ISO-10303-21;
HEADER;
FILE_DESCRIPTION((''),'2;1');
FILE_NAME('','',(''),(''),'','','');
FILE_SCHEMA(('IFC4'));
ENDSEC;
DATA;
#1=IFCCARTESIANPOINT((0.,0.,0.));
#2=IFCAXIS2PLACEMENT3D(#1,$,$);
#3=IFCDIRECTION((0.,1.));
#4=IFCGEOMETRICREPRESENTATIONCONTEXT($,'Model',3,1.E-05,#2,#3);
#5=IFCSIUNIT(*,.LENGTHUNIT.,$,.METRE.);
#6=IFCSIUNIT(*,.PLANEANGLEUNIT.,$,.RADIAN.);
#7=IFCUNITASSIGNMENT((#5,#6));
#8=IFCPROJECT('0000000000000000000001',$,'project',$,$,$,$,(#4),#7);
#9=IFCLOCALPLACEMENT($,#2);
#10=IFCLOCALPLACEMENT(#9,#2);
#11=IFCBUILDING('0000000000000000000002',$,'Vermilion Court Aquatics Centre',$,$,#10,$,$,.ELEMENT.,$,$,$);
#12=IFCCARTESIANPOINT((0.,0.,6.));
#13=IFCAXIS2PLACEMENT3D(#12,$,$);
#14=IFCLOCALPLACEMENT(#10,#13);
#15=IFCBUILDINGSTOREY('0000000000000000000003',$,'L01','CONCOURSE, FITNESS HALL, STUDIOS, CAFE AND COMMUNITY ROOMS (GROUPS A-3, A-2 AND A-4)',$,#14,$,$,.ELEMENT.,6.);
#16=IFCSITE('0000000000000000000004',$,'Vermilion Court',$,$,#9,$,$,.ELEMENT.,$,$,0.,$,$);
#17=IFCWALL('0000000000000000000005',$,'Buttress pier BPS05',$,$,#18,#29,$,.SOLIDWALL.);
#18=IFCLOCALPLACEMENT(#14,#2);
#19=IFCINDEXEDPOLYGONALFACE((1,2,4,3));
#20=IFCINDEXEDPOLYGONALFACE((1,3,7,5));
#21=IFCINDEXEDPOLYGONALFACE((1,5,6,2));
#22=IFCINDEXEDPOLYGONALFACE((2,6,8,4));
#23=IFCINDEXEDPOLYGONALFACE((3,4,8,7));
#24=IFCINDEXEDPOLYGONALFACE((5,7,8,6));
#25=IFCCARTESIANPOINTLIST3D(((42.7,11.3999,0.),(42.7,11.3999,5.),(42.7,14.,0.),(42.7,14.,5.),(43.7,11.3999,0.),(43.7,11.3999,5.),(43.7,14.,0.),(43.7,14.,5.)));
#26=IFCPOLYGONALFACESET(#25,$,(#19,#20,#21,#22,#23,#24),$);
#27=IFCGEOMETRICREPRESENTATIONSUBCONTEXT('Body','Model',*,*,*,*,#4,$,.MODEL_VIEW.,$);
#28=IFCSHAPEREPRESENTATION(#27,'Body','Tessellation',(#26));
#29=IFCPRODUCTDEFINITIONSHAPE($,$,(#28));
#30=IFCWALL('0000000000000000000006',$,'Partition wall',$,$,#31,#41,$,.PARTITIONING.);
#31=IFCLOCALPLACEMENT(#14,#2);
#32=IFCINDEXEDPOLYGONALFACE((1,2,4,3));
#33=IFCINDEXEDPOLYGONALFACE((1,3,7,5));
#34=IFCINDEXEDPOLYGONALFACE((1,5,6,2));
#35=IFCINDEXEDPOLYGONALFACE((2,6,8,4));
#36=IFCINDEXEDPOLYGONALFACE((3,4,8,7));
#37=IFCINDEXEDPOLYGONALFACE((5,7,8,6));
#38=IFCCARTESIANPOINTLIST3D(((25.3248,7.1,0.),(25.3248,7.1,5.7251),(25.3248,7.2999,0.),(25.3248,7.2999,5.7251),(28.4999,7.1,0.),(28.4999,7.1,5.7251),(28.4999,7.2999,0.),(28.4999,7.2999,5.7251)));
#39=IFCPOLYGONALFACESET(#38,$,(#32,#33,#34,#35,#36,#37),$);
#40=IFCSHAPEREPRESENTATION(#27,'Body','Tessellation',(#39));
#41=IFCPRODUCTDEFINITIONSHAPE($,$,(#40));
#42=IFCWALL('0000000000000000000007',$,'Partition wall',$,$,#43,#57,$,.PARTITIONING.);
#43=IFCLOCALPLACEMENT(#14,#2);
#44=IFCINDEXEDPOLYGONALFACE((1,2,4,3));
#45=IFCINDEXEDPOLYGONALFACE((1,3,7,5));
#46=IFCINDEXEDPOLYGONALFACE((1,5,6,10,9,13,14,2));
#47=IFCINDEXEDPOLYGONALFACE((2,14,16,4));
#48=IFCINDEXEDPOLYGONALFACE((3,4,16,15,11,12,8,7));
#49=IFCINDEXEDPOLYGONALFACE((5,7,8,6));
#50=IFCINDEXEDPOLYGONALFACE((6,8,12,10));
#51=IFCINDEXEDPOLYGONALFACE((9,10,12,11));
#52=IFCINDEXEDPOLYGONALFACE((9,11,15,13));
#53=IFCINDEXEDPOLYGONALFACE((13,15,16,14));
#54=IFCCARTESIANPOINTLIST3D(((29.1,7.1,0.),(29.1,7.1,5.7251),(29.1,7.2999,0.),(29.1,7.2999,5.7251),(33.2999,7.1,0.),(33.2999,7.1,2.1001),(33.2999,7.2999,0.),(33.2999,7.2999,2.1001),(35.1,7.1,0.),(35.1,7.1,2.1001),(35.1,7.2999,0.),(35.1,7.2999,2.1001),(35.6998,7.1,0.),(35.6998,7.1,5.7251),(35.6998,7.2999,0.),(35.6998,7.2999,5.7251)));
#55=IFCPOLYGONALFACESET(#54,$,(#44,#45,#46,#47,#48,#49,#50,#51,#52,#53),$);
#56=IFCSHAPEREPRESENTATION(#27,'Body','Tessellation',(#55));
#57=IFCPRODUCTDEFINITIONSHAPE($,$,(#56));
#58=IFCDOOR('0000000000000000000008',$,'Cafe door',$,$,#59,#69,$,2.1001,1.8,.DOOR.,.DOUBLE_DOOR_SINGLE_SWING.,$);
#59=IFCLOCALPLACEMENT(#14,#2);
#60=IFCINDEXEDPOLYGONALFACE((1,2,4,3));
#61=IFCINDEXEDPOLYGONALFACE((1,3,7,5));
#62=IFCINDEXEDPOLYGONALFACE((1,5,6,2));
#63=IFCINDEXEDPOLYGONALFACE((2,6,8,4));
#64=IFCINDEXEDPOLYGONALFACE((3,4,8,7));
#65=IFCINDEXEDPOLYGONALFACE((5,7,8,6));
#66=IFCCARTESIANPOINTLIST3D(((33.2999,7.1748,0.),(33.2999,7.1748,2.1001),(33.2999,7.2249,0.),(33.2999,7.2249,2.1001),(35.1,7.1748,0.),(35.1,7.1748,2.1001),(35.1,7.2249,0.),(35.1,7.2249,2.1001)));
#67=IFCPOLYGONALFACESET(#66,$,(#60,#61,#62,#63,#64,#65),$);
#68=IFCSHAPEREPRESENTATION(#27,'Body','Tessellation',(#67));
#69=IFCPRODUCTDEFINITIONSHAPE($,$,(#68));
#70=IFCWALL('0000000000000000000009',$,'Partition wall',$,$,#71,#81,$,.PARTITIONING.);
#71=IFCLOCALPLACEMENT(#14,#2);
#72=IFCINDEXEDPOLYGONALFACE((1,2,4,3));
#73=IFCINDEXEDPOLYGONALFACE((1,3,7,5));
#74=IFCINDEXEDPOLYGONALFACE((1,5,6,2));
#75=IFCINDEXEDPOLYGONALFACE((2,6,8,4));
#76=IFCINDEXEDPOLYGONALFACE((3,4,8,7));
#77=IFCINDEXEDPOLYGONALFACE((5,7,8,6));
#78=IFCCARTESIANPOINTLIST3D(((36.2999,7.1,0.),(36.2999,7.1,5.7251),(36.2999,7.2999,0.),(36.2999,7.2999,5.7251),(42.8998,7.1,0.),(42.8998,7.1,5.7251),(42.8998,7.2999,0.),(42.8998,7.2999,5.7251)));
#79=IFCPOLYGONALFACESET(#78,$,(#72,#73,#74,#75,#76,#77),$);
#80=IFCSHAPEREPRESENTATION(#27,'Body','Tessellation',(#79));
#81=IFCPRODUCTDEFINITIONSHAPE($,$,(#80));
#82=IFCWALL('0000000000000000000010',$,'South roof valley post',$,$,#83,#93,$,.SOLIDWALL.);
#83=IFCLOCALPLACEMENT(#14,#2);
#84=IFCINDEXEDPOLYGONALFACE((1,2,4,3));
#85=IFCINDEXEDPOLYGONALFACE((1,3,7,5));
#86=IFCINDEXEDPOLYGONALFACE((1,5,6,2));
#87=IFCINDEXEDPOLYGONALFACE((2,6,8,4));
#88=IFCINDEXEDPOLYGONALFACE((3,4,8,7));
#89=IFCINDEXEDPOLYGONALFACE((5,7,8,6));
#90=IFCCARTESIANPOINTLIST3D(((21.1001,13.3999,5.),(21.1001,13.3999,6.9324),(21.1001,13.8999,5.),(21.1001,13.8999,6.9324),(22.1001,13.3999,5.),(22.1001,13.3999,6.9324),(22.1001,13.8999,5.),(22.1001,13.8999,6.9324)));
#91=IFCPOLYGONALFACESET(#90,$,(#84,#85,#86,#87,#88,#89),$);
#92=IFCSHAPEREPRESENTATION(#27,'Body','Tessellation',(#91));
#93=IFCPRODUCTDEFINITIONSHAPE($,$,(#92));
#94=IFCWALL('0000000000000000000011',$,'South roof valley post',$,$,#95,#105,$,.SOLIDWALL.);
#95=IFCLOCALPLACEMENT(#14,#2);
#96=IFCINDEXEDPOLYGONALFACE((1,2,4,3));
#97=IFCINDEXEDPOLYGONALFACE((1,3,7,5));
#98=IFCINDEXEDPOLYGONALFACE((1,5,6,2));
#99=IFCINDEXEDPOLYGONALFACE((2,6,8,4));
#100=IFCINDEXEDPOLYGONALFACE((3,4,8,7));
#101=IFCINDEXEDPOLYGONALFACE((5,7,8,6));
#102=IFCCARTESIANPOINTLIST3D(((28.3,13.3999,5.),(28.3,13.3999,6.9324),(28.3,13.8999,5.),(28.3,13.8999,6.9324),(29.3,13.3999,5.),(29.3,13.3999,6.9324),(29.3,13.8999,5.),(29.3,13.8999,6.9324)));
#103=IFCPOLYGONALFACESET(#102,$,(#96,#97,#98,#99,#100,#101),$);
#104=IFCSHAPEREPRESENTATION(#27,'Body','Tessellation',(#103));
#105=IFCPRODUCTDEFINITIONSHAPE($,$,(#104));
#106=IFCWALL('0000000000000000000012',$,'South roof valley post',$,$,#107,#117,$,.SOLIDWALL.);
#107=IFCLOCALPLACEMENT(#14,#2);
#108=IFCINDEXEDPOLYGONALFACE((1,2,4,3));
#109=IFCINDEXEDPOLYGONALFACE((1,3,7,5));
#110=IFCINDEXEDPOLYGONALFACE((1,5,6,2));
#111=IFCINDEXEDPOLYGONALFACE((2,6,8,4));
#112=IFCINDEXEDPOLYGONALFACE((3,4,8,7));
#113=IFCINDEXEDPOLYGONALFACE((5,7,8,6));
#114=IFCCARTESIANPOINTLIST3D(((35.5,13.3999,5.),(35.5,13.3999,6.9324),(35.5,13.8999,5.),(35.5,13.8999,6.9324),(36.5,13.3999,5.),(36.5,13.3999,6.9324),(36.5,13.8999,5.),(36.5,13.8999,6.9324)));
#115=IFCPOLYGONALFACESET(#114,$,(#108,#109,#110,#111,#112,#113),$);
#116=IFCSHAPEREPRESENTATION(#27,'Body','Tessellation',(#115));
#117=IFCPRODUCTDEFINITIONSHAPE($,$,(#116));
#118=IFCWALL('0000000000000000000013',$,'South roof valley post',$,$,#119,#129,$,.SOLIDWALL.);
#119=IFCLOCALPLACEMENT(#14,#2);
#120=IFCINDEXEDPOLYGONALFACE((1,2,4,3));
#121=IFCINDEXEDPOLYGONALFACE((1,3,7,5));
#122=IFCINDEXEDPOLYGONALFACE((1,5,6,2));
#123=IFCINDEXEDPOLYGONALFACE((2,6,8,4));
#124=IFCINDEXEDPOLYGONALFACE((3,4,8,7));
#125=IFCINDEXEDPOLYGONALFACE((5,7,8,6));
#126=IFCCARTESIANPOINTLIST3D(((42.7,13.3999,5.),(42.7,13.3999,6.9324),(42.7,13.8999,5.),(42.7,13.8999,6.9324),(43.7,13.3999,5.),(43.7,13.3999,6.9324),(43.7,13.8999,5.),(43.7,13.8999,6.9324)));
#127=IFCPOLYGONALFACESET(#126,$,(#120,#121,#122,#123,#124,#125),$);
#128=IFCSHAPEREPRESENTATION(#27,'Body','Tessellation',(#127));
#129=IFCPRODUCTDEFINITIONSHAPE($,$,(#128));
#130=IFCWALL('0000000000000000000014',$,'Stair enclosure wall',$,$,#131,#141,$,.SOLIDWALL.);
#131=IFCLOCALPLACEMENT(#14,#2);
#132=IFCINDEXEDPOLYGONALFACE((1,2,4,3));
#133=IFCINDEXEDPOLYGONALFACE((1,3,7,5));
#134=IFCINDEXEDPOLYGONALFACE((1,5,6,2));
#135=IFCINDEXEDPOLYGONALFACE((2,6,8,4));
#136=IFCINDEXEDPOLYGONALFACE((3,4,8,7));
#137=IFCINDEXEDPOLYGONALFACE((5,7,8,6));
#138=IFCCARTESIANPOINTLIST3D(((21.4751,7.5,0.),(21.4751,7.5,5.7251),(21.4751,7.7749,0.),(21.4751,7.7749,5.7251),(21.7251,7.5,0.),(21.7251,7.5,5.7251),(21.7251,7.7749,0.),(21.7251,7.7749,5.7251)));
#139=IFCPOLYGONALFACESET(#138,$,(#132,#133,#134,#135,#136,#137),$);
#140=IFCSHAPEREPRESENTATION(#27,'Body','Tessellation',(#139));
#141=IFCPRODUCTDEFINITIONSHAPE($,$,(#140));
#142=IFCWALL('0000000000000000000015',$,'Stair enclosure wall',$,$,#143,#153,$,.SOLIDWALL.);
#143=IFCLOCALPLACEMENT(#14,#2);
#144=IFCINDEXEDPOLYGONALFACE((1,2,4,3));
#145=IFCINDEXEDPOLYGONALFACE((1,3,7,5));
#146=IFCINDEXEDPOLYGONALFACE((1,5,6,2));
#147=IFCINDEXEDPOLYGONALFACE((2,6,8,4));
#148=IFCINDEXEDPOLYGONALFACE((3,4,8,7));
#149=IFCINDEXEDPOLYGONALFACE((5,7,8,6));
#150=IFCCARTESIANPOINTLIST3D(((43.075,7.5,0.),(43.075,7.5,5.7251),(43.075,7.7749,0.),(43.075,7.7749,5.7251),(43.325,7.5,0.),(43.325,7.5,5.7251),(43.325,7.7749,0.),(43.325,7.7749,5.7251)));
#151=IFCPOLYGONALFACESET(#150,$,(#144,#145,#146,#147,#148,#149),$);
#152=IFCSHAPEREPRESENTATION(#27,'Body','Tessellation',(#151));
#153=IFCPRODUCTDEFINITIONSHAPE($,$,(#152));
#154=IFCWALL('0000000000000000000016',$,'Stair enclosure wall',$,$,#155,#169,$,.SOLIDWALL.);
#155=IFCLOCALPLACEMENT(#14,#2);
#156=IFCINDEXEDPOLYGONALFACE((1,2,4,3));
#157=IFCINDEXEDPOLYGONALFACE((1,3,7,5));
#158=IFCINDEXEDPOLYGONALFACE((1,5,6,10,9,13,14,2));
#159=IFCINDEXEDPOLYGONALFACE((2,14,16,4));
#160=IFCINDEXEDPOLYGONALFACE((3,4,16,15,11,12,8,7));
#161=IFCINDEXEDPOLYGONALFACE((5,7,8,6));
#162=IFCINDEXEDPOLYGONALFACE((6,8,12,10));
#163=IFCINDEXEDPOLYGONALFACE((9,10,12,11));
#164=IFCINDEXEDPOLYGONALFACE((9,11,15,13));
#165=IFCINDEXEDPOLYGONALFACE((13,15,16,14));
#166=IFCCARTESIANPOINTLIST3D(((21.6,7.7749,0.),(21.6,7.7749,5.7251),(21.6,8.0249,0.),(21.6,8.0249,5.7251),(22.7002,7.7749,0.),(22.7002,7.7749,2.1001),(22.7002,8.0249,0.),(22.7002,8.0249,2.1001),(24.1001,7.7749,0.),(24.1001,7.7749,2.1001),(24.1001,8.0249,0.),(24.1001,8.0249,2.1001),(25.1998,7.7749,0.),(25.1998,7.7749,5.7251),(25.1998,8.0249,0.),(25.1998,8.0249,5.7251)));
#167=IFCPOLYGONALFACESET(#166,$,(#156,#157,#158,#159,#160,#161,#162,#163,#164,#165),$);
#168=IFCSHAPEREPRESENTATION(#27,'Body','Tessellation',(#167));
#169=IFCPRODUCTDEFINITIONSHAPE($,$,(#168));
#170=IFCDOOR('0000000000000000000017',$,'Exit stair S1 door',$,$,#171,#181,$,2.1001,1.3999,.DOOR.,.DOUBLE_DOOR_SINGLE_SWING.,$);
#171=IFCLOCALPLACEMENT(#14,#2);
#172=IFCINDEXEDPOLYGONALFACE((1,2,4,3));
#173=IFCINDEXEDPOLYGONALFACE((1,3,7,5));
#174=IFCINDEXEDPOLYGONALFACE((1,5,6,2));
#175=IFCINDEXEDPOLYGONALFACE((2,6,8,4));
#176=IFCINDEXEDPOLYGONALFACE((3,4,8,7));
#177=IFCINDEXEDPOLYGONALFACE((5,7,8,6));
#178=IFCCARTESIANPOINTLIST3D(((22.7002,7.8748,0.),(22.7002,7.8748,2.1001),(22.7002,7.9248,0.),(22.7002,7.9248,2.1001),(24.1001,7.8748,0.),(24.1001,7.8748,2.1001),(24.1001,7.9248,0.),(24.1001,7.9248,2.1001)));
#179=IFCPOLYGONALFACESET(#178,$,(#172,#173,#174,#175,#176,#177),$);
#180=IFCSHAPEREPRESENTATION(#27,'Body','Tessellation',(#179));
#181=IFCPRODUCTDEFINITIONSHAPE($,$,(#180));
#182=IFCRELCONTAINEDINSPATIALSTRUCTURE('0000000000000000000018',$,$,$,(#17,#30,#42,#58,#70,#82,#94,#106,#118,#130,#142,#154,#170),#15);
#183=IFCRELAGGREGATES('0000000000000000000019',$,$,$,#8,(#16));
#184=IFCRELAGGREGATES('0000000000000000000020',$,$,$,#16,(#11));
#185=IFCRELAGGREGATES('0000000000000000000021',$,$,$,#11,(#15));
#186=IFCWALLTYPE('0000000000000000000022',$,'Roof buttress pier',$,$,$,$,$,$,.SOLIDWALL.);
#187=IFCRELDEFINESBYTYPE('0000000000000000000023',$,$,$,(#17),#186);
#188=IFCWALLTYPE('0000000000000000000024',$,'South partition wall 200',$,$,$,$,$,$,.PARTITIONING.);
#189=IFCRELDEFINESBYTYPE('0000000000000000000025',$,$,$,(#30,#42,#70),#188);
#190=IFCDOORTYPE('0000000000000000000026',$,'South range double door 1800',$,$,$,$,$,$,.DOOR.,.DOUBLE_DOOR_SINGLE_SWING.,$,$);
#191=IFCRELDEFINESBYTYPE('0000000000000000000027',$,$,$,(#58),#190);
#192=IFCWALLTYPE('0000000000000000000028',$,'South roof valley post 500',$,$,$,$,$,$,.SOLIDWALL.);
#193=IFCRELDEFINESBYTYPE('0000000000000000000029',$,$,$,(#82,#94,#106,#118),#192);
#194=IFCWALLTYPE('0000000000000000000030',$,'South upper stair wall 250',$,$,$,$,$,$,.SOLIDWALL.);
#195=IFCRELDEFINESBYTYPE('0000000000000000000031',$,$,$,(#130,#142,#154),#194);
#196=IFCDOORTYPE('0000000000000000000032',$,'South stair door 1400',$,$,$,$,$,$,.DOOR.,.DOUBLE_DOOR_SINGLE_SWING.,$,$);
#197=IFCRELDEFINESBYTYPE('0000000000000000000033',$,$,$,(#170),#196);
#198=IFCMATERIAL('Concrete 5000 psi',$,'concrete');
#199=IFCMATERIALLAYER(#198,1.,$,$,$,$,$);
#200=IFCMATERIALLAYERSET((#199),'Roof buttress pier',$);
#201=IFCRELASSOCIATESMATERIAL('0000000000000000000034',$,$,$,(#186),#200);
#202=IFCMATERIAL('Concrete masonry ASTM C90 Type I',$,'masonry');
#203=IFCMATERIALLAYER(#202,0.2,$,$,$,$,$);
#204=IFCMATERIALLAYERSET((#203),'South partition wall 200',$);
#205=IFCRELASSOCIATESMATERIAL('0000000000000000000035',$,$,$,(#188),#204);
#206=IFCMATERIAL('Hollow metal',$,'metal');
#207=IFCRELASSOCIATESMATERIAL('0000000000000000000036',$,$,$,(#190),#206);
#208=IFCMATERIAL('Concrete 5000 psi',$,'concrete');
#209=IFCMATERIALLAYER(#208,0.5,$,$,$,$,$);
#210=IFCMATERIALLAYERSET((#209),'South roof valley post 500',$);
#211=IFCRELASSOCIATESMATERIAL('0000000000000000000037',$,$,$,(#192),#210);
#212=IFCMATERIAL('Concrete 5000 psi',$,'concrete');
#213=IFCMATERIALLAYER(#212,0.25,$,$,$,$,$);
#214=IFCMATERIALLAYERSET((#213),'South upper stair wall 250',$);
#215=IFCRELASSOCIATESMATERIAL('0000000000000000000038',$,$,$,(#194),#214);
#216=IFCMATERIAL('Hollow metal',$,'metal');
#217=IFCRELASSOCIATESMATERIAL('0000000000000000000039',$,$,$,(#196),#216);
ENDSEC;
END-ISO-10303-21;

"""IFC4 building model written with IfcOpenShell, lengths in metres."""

from ifc_helpers import new_model, si_unit, direction, frame, frame_2d, origin, place, context, subcontext, project, spatial, rectangle, extrude, material, layer, layer_set, type_object, element, fill, save


model = new_model("IFC4")

# Units and contexts
model_context = context("Model", 3, precision=1e-05, world=origin(), true_north=direction((0.0, 1.0)))
body_context = subcontext(model_context, "Body", "Model", "MODEL_VIEW")
ifc_project = project(units=[si_unit("LENGTHUNIT", "METRE"), si_unit("PLANEANGLEUNIT", "RADIAN")], contexts=[model_context])

# Site, building, storey
site_placement = place(None, origin())
site = spatial("IfcSite", under=ifc_project, at=site_placement, Name="Vermilion Court", CompositionType="ELEMENT", RefElevation=0.0)
building_placement = place(site_placement, origin())
building = spatial("IfcBuilding", under=site, at=building_placement, Name="Vermilion Court Aquatics Centre", CompositionType="ELEMENT")
storey_placement = place(building_placement, frame((0.0, 0.0, 6.0)))
storey = spatial("IfcBuildingStorey", under=building, at=storey_placement, Name="L01", Description="CONCOURSE, FITNESS HALL, STUDIOS, CAFE AND COMMUNITY ROOMS (GROUPS A-3, A-2 AND A-4)", CompositionType="ELEMENT", Elevation=6.0)

# Walls
ifc_material_1 = material(Name="Concrete 5000 psi", Category="concrete")
ifc_layer_1 = layer(ifc_material_1, 1.0)
ifc_layer_set_1 = layer_set([ifc_layer_1], Name="Roof buttress pier")
wall_type_1 = type_object("IfcWallType", Name="Roof buttress pier", PredefinedType="SOLIDWALL", material=ifc_layer_set_1)
for number, where, z_axis, x_axis, name in (
    (1, (43.2, 11.3999, 0.0), (0.0, 0.0, 1.0), (0.0, 1.0, 0.0), "Buttress pier BPS05"),
):
    element("IfcWall", number, at=place(storey_placement, frame(where, z_axis=z_axis, x_axis=x_axis)), inside=storey, type_object=wall_type_1, Name=name, PredefinedType="SOLIDWALL", context=body_context, shape_type="SweptSolid", body=[
        extrude(rectangle(XDim=2.6001, YDim=1.0, at=frame_2d((1.3, 0.0))), origin(), (0.0, 0.0, 1.0), 5.0),
    ])
ifc_material_2 = material(Name="Concrete masonry ASTM C90 Type I", Category="masonry")
ifc_layer_2 = layer(ifc_material_2, 0.2)
ifc_layer_set_2 = layer_set([ifc_layer_2], Name="South partition wall 200")
wall_type_2 = type_object("IfcWallType", Name="South partition wall 200", PredefinedType="PARTITIONING", material=ifc_layer_set_2)
wall_1_placement = place(storey_placement, frame((25.325, 7.2, 0.0), z_axis=(0.0, 0.0, 1.0), x_axis=(1.0, 0.0, 0.0)))
element("IfcWall", 2, at=wall_1_placement, inside=storey, type_object=wall_type_2, Name="Partition wall", PredefinedType="PARTITIONING", context=body_context, shape_type="SweptSolid", body=[
    extrude(rectangle(XDim=3.175, YDim=0.2, at=frame_2d((1.5874, 0.0))), origin(), (0.0, 0.0, 1.0), 5.7251),
])

# Wall, opening, door
wall_2_placement = place(storey_placement, frame((29.1001, 7.2, 0.0), z_axis=(0.0, 0.0, 1.0), x_axis=(1.0, 0.0, 0.0)))
wall_2 = element("IfcWall", 3, at=wall_2_placement, inside=storey, type_object=wall_type_2, Name="Partition wall", PredefinedType="PARTITIONING", context=body_context, shape_type="SweptSolid", body=[
    extrude(rectangle(XDim=6.5999, YDim=0.2, at=frame_2d((3.2998, 0.0))), origin(), (0.0, 0.0, 1.0), 5.7251),
])
opening_1_placement = place(wall_2_placement, frame((4.2, 0.0, 0.0)))
opening_1 = element("IfcOpeningElement", 4, at=opening_1_placement, cuts=wall_2, PredefinedType="OPENING", context=body_context, shape_type="SweptSolid", body=[
    extrude(rectangle(XDim=1.8, YDim=2.1001, at=frame_2d((0.8999, 1.05))), frame((0.0, 0.1099, 0.0), z_axis=(0.0, -1.0, 0.0), x_axis=(1.0, 0.0, 0.0)), (0.0, 0.0, 1.0), 0.22),
])
ifc_material_3 = material(Name="Hollow metal", Category="metal")
door_type_1 = type_object("IfcDoorType", Name="South range double door 1800", OperationType="DOUBLE_DOOR_SINGLE_SWING", PredefinedType="DOOR", material=ifc_material_3)
door_1_placement = place(opening_1_placement, origin())
door_1 = element("IfcDoor", 5, at=door_1_placement, inside=storey, type_object=door_type_1, Name="Cafe door", OperationType="DOUBLE_DOOR_SINGLE_SWING", OverallHeight=2.1001, OverallWidth=1.8, PredefinedType="DOOR", context=body_context, shape_type="SweptSolid", body=[
    extrude(rectangle(XDim=1.8, YDim=2.1001, at=frame_2d((0.8999, 1.05))), frame((0.0, 0.0249, 0.0), z_axis=(0.0, -1.0, 0.0), x_axis=(1.0, 0.0, 0.0)), (0.0, 0.0, 1.0), 0.05),
])
fill(opening_1, door_1)

# Walls
wall_3_placement = place(storey_placement, frame((36.3, 7.2, 0.0), z_axis=(0.0, 0.0, 1.0), x_axis=(1.0, 0.0, 0.0)))
element("IfcWall", 6, at=wall_3_placement, inside=storey, type_object=wall_type_2, Name="Partition wall", PredefinedType="PARTITIONING", context=body_context, shape_type="SweptSolid", body=[
    extrude(rectangle(XDim=6.5999, YDim=0.2, at=frame_2d((3.2998, 0.0))), origin(), (0.0, 0.0, 1.0), 5.7251),
])
ifc_material_4 = material(Name="Concrete 5000 psi", Category="concrete")
ifc_layer_3 = layer(ifc_material_4, 0.5)
ifc_layer_set_3 = layer_set([ifc_layer_3], Name="South roof valley post 500")
wall_type_3 = type_object("IfcWallType", Name="South roof valley post 500", PredefinedType="SOLIDWALL", material=ifc_layer_set_3)
for number, where, z_axis, x_axis, name in (
    (7, (21.1001, 13.6499, 5.0), (0.0, 0.0, 1.0), (1.0, 0.0, 0.0), "South roof valley post"),
    (8, (28.3, 13.6499, 5.0), (0.0, 0.0, 1.0), (1.0, 0.0, 0.0), "South roof valley post"),
    (9, (35.5, 13.6499, 5.0), (0.0, 0.0, 1.0), (1.0, 0.0, 0.0), "South roof valley post"),
    (10, (42.7, 13.6499, 5.0), (0.0, 0.0, 1.0), (1.0, 0.0, 0.0), "South roof valley post"),
):
    element("IfcWall", number, at=place(storey_placement, frame(where, z_axis=z_axis, x_axis=x_axis)), inside=storey, type_object=wall_type_3, Name=name, PredefinedType="SOLIDWALL", context=body_context, shape_type="SweptSolid", body=[
        extrude(rectangle(XDim=1.0, YDim=0.5, at=frame_2d((0.5, 0.0))), origin(), (0.0, 0.0, 1.0), 1.9324),
    ])
ifc_material_5 = material(Name="Concrete 5000 psi", Category="concrete")
ifc_layer_4 = layer(ifc_material_5, 0.25)
ifc_layer_set_4 = layer_set([ifc_layer_4], Name="South upper stair wall 250")
wall_type_4 = type_object("IfcWallType", Name="South upper stair wall 250", PredefinedType="SOLIDWALL", material=ifc_layer_set_4)
for number, where, z_axis, x_axis, name in (
    (11, (21.6001, 7.5, 0.0), (0.0, 0.0, 1.0), (0.0, 1.0, 0.0), "Stair enclosure wall"),
    (12, (43.2, 7.5, 0.0), (0.0, 0.0, 1.0), (0.0, 1.0, 0.0), "Stair enclosure wall"),
):
    element("IfcWall", number, at=place(storey_placement, frame(where, z_axis=z_axis, x_axis=x_axis)), inside=storey, type_object=wall_type_4, Name=name, PredefinedType="SOLIDWALL", context=body_context, shape_type="SweptSolid", body=[
        extrude(rectangle(XDim=0.2749, YDim=0.25, at=frame_2d((0.1375, 0.0))), origin(), (0.0, 0.0, 1.0), 5.7251),
    ])

# Wall, opening, door
wall_4_placement = place(storey_placement, frame((21.6001, 7.8999, 0.0), z_axis=(0.0, 0.0, 1.0), x_axis=(1.0, 0.0, 0.0)))
wall_4 = element("IfcWall", 13, at=wall_4_placement, inside=storey, type_object=wall_type_4, Name="Stair enclosure wall", PredefinedType="SOLIDWALL", context=body_context, shape_type="SweptSolid", body=[
    extrude(rectangle(XDim=3.5999, YDim=0.25, at=frame_2d((1.7998, 0.0))), origin(), (0.0, 0.0, 1.0), 5.7251),
])
opening_2_placement = place(wall_4_placement, frame((1.1001, 0.0, 0.0)))
opening_2 = element("IfcOpeningElement", 14, at=opening_2_placement, cuts=wall_4, PredefinedType="OPENING", context=body_context, shape_type="SweptSolid", body=[
    extrude(rectangle(XDim=1.3999, YDim=2.1001, at=frame_2d((0.7, 1.05))), frame((0.0, 0.135, 0.0), z_axis=(0.0, -1.0, 0.0), x_axis=(1.0, 0.0, 0.0)), (0.0, 0.0, 1.0), 0.27),
])
ifc_material_6 = material(Name="Hollow metal", Category="metal")
door_type_2 = type_object("IfcDoorType", Name="South stair door 1400", OperationType="DOUBLE_DOOR_SINGLE_SWING", PredefinedType="DOOR", material=ifc_material_6)
door_2_placement = place(opening_2_placement, frame((1.3999, 0.0, 0.0), z_axis=(0.0, 0.0, 1.0), x_axis=(-1.0, 0.0, 0.0)))
door_2 = element("IfcDoor", 15, at=door_2_placement, inside=storey, type_object=door_type_2, Name="Exit stair S1 door", OperationType="DOUBLE_DOOR_SINGLE_SWING", OverallHeight=2.1001, OverallWidth=1.3999, PredefinedType="DOOR", context=body_context, shape_type="SweptSolid", body=[
    extrude(rectangle(XDim=1.3999, YDim=2.1001, at=frame_2d((0.7, 1.05))), frame((0.0, 0.0251, 0.0), z_axis=(0.0, -1.0, 0.0), x_axis=(1.0, 0.0, 0.0)), (0.0, 0.0, 1.0), 0.05),
])
fill(opening_2, door_2)

save(model, "model.ifc")
